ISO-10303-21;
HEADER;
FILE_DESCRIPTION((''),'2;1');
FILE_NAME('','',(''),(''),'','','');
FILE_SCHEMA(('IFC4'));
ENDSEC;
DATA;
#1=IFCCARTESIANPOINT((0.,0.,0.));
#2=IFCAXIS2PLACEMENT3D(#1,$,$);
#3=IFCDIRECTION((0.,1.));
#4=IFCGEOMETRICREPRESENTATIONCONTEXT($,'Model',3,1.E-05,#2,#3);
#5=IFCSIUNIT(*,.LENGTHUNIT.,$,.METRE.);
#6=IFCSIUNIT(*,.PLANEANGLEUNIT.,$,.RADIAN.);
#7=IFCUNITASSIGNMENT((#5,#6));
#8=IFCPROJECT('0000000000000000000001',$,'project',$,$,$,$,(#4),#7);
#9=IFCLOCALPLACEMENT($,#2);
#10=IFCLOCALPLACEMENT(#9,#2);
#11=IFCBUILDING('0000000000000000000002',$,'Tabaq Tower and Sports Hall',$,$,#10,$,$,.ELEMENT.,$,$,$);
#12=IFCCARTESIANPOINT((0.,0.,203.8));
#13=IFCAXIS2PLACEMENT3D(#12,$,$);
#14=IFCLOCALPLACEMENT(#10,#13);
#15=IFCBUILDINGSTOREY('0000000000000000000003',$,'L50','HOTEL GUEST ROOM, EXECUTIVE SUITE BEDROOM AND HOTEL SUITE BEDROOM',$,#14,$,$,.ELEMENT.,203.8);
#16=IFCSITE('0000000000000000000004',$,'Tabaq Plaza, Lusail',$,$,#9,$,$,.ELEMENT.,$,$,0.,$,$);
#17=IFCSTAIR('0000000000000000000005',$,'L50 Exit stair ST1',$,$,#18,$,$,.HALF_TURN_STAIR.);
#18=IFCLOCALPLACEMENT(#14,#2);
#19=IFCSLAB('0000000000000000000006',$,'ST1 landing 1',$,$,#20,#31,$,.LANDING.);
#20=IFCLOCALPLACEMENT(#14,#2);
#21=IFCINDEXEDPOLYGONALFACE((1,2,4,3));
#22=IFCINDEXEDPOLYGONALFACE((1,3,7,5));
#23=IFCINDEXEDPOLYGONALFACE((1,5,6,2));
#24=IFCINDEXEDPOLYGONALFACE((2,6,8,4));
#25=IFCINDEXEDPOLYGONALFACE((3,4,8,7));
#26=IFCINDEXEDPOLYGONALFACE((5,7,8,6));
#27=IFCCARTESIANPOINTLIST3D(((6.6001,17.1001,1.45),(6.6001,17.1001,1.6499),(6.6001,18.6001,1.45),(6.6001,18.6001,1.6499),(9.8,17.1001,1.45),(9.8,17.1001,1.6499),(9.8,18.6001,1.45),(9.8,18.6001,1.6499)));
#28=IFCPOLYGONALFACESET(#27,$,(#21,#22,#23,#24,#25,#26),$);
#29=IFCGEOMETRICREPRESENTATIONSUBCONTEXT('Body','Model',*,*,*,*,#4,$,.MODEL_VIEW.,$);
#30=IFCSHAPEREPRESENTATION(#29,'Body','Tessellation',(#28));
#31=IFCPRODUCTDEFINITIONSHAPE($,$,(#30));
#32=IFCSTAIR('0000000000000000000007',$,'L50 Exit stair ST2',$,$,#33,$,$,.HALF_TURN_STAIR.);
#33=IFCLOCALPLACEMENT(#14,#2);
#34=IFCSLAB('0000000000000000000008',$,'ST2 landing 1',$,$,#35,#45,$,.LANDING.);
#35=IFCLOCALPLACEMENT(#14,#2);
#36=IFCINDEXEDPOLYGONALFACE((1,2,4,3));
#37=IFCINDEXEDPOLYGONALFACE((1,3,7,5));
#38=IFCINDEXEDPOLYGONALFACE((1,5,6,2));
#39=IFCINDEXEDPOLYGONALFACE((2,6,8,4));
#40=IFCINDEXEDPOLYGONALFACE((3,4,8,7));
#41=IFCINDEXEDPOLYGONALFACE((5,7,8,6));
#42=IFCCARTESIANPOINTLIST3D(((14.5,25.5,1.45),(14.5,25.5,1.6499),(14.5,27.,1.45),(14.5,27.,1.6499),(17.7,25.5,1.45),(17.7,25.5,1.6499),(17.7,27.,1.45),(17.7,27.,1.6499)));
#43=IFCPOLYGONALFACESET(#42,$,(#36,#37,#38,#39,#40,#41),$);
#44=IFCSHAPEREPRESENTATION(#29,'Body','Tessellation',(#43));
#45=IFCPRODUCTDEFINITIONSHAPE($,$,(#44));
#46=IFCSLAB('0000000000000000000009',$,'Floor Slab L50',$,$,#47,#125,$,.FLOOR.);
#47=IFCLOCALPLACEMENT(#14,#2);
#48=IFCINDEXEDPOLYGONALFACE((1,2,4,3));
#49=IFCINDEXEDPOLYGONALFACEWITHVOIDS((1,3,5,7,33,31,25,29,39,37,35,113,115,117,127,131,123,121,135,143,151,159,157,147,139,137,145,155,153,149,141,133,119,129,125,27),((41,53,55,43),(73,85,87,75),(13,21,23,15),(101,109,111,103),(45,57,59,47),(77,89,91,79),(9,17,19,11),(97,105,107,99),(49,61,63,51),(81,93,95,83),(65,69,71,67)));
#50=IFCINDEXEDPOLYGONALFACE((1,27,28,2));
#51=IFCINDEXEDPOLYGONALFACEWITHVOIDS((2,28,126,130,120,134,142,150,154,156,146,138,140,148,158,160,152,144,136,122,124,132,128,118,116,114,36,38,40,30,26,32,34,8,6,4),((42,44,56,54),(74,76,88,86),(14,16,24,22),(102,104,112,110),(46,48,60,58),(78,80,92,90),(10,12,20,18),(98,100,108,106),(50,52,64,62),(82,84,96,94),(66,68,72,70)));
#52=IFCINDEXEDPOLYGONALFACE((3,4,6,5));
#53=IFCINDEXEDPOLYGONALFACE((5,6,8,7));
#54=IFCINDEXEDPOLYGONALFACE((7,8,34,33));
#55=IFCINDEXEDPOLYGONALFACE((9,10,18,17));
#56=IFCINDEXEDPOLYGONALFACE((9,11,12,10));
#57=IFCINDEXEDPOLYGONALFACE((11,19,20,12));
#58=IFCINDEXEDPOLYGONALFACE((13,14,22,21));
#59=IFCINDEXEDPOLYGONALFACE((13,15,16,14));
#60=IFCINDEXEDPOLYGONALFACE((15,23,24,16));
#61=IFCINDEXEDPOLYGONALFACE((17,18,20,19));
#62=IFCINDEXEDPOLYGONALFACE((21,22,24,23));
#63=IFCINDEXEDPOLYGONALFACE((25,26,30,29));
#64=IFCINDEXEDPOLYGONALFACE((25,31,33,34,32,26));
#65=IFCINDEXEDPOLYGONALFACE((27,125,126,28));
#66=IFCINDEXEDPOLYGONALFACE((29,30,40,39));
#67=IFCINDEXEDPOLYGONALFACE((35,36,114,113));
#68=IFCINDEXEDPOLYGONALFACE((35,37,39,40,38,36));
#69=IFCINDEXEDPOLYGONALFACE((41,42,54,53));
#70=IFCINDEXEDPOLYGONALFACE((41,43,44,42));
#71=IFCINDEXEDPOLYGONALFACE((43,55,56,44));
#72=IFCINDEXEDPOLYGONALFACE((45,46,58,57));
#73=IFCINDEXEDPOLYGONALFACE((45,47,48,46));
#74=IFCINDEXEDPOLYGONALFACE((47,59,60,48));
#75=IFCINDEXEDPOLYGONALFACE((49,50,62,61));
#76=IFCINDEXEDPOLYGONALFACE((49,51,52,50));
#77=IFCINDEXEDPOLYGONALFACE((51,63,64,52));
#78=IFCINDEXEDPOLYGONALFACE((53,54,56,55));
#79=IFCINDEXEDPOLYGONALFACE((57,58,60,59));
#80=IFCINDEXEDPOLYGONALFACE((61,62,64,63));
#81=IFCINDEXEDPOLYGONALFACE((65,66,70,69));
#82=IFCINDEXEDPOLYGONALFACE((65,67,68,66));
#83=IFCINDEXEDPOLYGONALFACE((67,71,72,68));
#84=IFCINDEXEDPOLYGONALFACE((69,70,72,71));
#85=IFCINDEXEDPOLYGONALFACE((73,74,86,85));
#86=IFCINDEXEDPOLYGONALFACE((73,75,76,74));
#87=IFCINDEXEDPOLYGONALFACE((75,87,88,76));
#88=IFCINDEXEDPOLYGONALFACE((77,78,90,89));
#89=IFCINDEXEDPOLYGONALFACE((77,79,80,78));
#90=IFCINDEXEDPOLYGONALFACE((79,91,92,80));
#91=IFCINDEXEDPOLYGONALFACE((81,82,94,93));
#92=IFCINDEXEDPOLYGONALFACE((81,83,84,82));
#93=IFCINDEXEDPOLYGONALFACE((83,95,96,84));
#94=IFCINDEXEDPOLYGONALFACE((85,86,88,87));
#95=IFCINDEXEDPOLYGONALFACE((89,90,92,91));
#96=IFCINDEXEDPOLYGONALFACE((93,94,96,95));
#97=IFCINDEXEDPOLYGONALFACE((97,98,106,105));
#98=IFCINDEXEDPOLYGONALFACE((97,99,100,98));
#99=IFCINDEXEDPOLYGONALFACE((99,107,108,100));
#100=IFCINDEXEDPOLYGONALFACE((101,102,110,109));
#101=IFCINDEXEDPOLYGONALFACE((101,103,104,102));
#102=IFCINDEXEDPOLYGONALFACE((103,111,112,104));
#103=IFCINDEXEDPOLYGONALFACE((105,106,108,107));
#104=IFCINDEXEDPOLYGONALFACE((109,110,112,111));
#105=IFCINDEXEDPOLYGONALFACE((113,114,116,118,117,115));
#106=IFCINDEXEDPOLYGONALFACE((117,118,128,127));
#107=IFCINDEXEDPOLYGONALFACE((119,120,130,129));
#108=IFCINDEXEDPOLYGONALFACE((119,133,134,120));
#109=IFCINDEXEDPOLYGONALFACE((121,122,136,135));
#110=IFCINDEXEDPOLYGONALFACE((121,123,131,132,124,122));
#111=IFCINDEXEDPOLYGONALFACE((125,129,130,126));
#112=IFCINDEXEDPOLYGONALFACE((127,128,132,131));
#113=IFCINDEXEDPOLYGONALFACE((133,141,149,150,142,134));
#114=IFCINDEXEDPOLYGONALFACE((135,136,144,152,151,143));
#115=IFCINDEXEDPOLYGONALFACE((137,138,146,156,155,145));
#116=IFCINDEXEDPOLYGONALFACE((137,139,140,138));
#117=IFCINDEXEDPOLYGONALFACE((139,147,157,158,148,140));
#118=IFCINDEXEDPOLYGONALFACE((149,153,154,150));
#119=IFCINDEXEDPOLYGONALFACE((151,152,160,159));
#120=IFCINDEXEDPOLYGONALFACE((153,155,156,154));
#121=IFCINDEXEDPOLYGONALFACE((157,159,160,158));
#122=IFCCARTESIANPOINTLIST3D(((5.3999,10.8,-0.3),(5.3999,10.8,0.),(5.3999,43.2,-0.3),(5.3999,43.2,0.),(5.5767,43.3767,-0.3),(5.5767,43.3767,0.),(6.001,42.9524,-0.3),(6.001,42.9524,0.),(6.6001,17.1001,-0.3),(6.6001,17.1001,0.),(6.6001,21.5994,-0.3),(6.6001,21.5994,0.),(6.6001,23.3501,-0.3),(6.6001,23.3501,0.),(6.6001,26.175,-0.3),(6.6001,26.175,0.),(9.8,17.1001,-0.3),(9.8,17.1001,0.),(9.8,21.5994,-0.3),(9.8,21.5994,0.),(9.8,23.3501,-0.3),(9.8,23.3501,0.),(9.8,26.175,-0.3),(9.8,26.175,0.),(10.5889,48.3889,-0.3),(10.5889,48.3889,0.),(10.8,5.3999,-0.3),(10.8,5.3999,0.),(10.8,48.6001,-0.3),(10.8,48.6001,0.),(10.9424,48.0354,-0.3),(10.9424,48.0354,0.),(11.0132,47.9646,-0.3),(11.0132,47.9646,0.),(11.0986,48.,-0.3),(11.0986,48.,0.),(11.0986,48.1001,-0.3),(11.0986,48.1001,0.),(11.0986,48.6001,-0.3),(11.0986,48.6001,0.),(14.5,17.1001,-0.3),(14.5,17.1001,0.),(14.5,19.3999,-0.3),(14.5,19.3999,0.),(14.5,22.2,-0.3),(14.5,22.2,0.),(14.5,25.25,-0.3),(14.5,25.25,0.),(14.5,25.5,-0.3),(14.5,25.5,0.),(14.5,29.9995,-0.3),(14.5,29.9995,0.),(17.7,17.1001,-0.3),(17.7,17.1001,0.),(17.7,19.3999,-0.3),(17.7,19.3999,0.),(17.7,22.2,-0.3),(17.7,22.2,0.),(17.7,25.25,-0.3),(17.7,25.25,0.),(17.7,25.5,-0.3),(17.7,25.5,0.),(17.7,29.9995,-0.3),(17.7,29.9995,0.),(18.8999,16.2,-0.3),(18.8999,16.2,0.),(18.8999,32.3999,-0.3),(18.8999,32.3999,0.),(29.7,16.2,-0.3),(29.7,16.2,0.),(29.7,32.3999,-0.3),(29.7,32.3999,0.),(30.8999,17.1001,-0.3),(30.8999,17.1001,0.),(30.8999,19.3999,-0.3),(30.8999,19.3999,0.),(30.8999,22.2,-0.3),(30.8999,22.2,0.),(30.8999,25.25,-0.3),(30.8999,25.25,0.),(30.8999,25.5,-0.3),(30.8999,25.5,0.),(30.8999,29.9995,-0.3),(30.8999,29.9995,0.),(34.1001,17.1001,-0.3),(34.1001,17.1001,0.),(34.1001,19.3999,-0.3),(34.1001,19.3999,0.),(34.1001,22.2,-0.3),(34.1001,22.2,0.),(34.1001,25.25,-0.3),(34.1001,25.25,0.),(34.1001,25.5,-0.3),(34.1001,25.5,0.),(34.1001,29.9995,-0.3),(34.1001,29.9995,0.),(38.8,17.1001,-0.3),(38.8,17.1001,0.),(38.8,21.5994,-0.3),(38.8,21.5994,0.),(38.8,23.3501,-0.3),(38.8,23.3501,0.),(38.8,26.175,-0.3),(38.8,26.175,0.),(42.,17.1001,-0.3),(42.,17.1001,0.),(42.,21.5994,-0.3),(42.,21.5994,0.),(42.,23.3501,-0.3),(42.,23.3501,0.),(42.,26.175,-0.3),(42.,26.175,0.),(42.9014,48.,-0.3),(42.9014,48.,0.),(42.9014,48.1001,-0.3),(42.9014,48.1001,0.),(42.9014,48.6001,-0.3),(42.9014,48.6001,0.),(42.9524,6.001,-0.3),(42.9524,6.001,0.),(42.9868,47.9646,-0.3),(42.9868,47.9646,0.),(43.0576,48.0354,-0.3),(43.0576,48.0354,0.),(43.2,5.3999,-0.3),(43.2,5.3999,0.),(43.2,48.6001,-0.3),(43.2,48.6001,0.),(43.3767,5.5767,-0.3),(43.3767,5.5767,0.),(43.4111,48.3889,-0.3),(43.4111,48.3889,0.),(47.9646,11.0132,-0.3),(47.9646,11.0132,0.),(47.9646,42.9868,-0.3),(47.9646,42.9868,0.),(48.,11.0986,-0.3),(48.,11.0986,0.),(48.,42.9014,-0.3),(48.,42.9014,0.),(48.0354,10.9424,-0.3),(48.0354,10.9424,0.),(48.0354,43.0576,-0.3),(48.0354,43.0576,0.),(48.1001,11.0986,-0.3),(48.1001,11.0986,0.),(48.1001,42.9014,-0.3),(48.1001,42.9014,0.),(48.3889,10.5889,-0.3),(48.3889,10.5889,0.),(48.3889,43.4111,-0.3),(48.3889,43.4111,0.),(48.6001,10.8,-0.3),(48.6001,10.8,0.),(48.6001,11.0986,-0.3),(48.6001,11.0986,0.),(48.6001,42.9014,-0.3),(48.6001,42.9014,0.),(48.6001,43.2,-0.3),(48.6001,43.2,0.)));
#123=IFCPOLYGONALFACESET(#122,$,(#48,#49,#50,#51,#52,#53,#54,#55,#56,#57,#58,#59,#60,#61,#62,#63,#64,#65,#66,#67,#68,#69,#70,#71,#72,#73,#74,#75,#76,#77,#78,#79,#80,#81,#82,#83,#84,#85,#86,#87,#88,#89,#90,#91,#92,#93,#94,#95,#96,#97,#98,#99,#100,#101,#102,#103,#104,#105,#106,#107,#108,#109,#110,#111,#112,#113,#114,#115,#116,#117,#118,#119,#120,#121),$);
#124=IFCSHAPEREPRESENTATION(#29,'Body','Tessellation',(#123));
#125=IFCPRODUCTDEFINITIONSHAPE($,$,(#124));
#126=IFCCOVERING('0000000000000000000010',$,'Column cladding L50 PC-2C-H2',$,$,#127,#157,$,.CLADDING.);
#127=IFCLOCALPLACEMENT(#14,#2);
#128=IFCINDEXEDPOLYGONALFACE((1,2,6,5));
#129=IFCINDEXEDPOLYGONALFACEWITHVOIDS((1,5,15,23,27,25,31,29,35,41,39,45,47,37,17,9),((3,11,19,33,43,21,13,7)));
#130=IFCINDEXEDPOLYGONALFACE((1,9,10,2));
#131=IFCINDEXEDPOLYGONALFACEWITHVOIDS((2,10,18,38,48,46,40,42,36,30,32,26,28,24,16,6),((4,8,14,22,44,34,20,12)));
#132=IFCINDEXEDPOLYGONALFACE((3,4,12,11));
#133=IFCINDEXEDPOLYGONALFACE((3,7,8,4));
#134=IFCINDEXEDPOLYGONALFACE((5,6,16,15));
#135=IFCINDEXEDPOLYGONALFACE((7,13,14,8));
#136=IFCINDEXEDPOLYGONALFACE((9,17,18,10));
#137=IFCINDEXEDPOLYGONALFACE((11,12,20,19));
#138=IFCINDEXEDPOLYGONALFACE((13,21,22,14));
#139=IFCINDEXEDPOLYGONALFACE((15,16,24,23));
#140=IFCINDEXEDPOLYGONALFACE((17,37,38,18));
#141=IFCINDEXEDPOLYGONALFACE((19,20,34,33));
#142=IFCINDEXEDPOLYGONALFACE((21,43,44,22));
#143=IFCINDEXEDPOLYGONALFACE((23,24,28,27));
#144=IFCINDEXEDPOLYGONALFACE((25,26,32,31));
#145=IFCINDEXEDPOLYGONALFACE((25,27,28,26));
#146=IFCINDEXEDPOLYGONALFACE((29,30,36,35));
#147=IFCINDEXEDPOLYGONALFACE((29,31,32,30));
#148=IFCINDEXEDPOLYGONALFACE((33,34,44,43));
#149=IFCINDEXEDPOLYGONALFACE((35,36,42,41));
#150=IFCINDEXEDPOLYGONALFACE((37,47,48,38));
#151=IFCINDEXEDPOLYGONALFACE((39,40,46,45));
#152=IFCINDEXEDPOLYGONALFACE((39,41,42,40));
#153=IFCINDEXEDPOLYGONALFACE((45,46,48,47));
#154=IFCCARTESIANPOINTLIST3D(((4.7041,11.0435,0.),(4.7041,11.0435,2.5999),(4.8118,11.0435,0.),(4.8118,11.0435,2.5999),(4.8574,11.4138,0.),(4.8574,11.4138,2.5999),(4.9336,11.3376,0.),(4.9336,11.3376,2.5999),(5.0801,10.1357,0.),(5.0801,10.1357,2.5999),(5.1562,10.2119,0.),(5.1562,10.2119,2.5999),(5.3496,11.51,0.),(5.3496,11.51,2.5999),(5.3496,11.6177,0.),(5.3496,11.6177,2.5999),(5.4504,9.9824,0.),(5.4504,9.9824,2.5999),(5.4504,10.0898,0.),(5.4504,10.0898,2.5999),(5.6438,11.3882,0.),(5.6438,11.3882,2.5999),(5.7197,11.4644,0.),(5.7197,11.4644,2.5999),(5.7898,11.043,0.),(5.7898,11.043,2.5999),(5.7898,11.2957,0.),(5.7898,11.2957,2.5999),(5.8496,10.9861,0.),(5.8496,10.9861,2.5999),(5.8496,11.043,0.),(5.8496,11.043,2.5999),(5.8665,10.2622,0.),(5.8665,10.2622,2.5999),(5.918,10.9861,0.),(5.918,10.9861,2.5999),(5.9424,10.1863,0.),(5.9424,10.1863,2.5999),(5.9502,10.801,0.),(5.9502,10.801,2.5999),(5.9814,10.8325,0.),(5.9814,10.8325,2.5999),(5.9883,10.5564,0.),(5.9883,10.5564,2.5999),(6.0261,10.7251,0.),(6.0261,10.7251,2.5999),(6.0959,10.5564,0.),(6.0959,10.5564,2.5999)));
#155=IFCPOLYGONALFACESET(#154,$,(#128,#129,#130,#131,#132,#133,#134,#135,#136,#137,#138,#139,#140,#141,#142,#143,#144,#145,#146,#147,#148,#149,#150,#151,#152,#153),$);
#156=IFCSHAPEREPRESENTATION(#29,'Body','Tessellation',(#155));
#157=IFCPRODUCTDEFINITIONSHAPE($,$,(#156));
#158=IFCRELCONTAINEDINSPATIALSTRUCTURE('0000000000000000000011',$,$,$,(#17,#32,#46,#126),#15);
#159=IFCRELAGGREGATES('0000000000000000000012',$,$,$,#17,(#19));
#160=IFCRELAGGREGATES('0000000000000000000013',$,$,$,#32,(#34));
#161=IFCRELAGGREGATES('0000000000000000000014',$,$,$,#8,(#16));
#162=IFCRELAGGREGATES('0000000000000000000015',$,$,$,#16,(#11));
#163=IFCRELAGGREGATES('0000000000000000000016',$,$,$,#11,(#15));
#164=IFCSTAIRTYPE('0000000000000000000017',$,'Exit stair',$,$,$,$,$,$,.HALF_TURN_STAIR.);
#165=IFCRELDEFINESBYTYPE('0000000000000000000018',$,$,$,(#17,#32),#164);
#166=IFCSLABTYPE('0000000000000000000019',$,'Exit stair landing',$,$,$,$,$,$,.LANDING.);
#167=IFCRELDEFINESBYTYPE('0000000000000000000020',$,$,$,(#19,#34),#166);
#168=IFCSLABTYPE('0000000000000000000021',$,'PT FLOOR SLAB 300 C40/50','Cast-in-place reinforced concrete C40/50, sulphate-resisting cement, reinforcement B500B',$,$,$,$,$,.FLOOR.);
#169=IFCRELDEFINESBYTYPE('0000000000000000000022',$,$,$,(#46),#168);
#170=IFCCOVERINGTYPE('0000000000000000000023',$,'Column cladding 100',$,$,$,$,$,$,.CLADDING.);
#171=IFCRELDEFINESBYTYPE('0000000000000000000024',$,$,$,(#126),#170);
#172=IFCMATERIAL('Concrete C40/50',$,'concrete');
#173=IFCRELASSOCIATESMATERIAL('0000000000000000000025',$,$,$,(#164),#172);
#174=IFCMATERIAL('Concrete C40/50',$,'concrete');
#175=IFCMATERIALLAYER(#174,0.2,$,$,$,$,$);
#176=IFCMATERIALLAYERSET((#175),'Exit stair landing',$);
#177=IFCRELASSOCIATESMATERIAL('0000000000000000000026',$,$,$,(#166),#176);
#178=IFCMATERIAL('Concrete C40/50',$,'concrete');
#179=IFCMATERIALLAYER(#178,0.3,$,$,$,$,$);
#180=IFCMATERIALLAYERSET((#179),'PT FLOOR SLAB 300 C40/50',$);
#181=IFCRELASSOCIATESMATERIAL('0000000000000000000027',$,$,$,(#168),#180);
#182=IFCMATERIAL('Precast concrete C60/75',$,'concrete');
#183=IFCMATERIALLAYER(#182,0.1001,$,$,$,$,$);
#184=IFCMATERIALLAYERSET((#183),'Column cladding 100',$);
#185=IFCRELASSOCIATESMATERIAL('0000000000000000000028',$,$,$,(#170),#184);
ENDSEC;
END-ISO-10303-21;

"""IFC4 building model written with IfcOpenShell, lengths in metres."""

from ifc_helpers import new_model, si_unit, direction, frame, origin, place, context, subcontext, project, spatial, polyline, outline, extrude, material, layer, layer_set, type_object, element, aggregate, save


model = new_model("IFC4")

# Units and contexts
model_context = context("Model", 3, precision=1e-05, world=origin(), true_north=direction((0.0, 1.0)))
body_context = subcontext(model_context, "Body", "Model", "MODEL_VIEW")
ifc_project = project(units=[si_unit("LENGTHUNIT", "METRE"), si_unit("PLANEANGLEUNIT", "RADIAN")], contexts=[model_context])

# Site, building, storey
site_placement = place(None, origin())
site = spatial("IfcSite", under=ifc_project, at=site_placement, Name="Tabaq Plaza, Lusail", CompositionType="ELEMENT", RefElevation=0.0)
building_placement = place(site_placement, origin())
building = spatial("IfcBuilding", under=site, at=building_placement, Name="Tabaq Tower and Sports Hall", CompositionType="ELEMENT")
storey_placement = place(building_placement, frame((0.0, 0.0, 203.8)))
storey = spatial("IfcBuildingStorey", under=building, at=storey_placement, Name="L50", Description="HOTEL GUEST ROOM, EXECUTIVE SUITE BEDROOM AND HOTEL SUITE BEDROOM", CompositionType="ELEMENT", Elevation=203.8)

# Stairs, slabs
ifc_material_1 = material(Name="Concrete C40/50", Category="concrete")
stair_type = type_object("IfcStairType", Name="Exit stair", PredefinedType="HALF_TURN_STAIR", material=ifc_material_1)
stair_1_placement = place(storey_placement, origin())
stair_1 = element("IfcStair", 1, at=stair_1_placement, inside=storey, type_object=stair_type, Name="L50 Exit stair ST1", PredefinedType="HALF_TURN_STAIR")
ifc_material_2 = material(Name="Concrete C40/50", Category="concrete")
ifc_layer_1 = layer(ifc_material_2, 0.2)
ifc_layer_set_1 = layer_set([ifc_layer_1], Name="Exit stair landing")
slab_type_1 = type_object("IfcSlabType", Name="Exit stair landing", PredefinedType="LANDING", material=ifc_layer_set_1)
slab_1_placement = place(storey_placement, frame((0.0, 0.0, 1.45)))
slab_1 = element("IfcSlab", 2, at=slab_1_placement, type_object=slab_type_1, Name="ST1 landing 1", PredefinedType="LANDING", context=body_context, shape_type="SweptSolid", body=[
    extrude(outline(polyline([(6.6001, 18.6001), (6.6001, 17.1001), (9.8, 17.1001), (9.8, 18.6001), (6.6001, 18.6001)])), origin(), (0.0, 0.0, 1.0), 0.2),
])
aggregate(stair_1, [slab_1])
stair_2_placement = place(storey_placement, origin())
stair_2 = element("IfcStair", 3, at=stair_2_placement, inside=storey, type_object=stair_type, Name="L50 Exit stair ST2", PredefinedType="HALF_TURN_STAIR")
slab_2_placement = place(storey_placement, frame((0.0, 0.0, 1.45)))
slab_2 = element("IfcSlab", 4, at=slab_2_placement, type_object=slab_type_1, Name="ST2 landing 1", PredefinedType="LANDING", context=body_context, shape_type="SweptSolid", body=[
    extrude(outline(polyline([(14.5, 27.0), (14.5, 25.5), (17.7, 25.5), (17.7, 27.0), (14.5, 27.0)])), origin(), (0.0, 0.0, 1.0), 0.2),
])
aggregate(stair_2, [slab_2])

# Slab
ifc_material_3 = material(Name="Concrete C40/50", Category="concrete")
ifc_layer_2 = layer(ifc_material_3, 0.3)
ifc_layer_set_2 = layer_set([ifc_layer_2], Name="PT FLOOR SLAB 300 C40/50")
slab_type_2 = type_object("IfcSlabType", Name="PT FLOOR SLAB 300 C40/50", Description="Cast-in-place reinforced concrete C40/50, sulphate-resisting cement, reinforcement B500B", PredefinedType="FLOOR", material=ifc_layer_set_2)
slab_3_placement = place(storey_placement, frame((0.0, 0.0, -0.3)))
element("IfcSlab", 5, at=slab_3_placement, inside=storey, type_object=slab_type_2, Name="Floor Slab L50", PredefinedType="FLOOR", context=body_context, shape_type="SweptSolid", body=[
    extrude(outline(polyline([(5.3999, 43.2), (5.3999, 10.8), (10.8, 5.3999), (43.2, 5.3999), (43.3767, 5.5767), (42.9524, 6.001), (47.9646, 11.0132), (48.0354, 10.9424), (48.3889, 10.5889), (48.6001, 10.8), (48.6001, 11.0986), (48.1001, 11.0986), (48.0, 11.0986), (48.0, 42.9014), (48.1001, 42.9014), (48.6001, 42.9014), (48.6001, 43.2), (48.3889, 43.4111), (48.0354, 43.0576), (47.9646, 42.9868), (42.9868, 47.9646), (43.0576, 48.0354), (43.4111, 48.3889), (43.2, 48.6001), (42.9014, 48.6001), (42.9014, 48.1001), (42.9014, 48.0), (11.0986, 48.0), (11.0986, 48.1001), (11.0986, 48.6001), (10.8, 48.6001), (10.5889, 48.3889), (10.9424, 48.0354), (11.0132, 47.9646), (6.001, 42.9524), (5.5767, 43.3767), (5.3999, 43.2)]), holes=[polyline([(14.5, 19.3999), (17.7, 19.3999), (17.7, 17.1001), (14.5, 17.1001), (14.5, 19.3999)]), polyline([(6.6001, 21.5994), (9.8, 21.5994), (9.8, 17.1001), (6.6001, 17.1001), (6.6001, 21.5994)]), polyline([(14.5, 25.25), (17.7, 25.25), (17.7, 22.2), (14.5, 22.2), (14.5, 25.25)]), polyline([(18.8999, 32.3999), (29.7, 32.3999), (29.7, 16.2), (18.8999, 16.2), (18.8999, 32.3999)]), polyline([(9.8, 26.175), (9.8, 23.3501), (6.6001, 23.3501), (6.6001, 26.175), (9.8, 26.175)]), polyline([(14.5, 29.9995), (17.7, 29.9995), (17.7, 25.5), (14.5, 25.5), (14.5, 29.9995)]), polyline([(34.1001, 19.3999), (34.1001, 17.1001), (30.8999, 17.1001), (30.8999, 19.3999), (34.1001, 19.3999)]), polyline([(42.0, 21.5994), (42.0, 17.1001), (38.8, 17.1001), (38.8, 21.5994), (42.0, 21.5994)]), polyline([(30.8999, 25.25), (34.1001, 25.25), (34.1001, 22.2), (30.8999, 22.2), (30.8999, 25.25)]), polyline([(42.0, 26.175), (42.0, 23.3501), (38.8, 23.3501), (38.8, 26.175), (42.0, 26.175)]), polyline([(34.1001, 29.9995), (34.1001, 25.5), (30.8999, 25.5), (30.8999, 29.9995), (34.1001, 29.9995)])]), origin(), (0.0, 0.0, 1.0), 0.3),
])

# Covering
ifc_material_4 = material(Name="Precast concrete C60/75", Category="concrete")
ifc_layer_3 = layer(ifc_material_4, 0.1001)
ifc_layer_set_3 = layer_set([ifc_layer_3], Name="Column cladding 100")
covering_type = type_object("IfcCoveringType", Name="Column cladding 100", PredefinedType="CLADDING", material=ifc_layer_set_3)
covering_1_placement = place(storey_placement, origin())
element("IfcCovering", 6, at=covering_1_placement, inside=storey, type_object=covering_type, Name="Column cladding L50 PC-2C-H2", PredefinedType="CLADDING", context=body_context, shape_type="SweptSolid", body=[
    extrude(outline(polyline([(5.4504, 9.9824), (5.0801, 10.1357), (4.7041, 11.0435), (4.8574, 11.4138), (5.3496, 11.6177), (5.7197, 11.4644), (5.7898, 11.2957), (5.7898, 11.043), (5.8496, 11.043), (5.8496, 10.9861), (5.918, 10.9861), (5.9814, 10.8325), (5.9502, 10.801), (6.0261, 10.7251), (6.0959, 10.5564), (5.9424, 10.1863), (5.4504, 9.9824)]), holes=[polyline([(5.3496, 11.51), (4.9336, 11.3376), (4.8118, 11.0435), (5.1562, 10.2119), (5.4504, 10.0898), (5.8665, 10.2622), (5.9883, 10.5564), (5.6438, 11.3882), (5.3496, 11.51)])]), origin(), (0.0, 0.0, 1.0), 2.5999),
])

save(model, "model.ifc")
